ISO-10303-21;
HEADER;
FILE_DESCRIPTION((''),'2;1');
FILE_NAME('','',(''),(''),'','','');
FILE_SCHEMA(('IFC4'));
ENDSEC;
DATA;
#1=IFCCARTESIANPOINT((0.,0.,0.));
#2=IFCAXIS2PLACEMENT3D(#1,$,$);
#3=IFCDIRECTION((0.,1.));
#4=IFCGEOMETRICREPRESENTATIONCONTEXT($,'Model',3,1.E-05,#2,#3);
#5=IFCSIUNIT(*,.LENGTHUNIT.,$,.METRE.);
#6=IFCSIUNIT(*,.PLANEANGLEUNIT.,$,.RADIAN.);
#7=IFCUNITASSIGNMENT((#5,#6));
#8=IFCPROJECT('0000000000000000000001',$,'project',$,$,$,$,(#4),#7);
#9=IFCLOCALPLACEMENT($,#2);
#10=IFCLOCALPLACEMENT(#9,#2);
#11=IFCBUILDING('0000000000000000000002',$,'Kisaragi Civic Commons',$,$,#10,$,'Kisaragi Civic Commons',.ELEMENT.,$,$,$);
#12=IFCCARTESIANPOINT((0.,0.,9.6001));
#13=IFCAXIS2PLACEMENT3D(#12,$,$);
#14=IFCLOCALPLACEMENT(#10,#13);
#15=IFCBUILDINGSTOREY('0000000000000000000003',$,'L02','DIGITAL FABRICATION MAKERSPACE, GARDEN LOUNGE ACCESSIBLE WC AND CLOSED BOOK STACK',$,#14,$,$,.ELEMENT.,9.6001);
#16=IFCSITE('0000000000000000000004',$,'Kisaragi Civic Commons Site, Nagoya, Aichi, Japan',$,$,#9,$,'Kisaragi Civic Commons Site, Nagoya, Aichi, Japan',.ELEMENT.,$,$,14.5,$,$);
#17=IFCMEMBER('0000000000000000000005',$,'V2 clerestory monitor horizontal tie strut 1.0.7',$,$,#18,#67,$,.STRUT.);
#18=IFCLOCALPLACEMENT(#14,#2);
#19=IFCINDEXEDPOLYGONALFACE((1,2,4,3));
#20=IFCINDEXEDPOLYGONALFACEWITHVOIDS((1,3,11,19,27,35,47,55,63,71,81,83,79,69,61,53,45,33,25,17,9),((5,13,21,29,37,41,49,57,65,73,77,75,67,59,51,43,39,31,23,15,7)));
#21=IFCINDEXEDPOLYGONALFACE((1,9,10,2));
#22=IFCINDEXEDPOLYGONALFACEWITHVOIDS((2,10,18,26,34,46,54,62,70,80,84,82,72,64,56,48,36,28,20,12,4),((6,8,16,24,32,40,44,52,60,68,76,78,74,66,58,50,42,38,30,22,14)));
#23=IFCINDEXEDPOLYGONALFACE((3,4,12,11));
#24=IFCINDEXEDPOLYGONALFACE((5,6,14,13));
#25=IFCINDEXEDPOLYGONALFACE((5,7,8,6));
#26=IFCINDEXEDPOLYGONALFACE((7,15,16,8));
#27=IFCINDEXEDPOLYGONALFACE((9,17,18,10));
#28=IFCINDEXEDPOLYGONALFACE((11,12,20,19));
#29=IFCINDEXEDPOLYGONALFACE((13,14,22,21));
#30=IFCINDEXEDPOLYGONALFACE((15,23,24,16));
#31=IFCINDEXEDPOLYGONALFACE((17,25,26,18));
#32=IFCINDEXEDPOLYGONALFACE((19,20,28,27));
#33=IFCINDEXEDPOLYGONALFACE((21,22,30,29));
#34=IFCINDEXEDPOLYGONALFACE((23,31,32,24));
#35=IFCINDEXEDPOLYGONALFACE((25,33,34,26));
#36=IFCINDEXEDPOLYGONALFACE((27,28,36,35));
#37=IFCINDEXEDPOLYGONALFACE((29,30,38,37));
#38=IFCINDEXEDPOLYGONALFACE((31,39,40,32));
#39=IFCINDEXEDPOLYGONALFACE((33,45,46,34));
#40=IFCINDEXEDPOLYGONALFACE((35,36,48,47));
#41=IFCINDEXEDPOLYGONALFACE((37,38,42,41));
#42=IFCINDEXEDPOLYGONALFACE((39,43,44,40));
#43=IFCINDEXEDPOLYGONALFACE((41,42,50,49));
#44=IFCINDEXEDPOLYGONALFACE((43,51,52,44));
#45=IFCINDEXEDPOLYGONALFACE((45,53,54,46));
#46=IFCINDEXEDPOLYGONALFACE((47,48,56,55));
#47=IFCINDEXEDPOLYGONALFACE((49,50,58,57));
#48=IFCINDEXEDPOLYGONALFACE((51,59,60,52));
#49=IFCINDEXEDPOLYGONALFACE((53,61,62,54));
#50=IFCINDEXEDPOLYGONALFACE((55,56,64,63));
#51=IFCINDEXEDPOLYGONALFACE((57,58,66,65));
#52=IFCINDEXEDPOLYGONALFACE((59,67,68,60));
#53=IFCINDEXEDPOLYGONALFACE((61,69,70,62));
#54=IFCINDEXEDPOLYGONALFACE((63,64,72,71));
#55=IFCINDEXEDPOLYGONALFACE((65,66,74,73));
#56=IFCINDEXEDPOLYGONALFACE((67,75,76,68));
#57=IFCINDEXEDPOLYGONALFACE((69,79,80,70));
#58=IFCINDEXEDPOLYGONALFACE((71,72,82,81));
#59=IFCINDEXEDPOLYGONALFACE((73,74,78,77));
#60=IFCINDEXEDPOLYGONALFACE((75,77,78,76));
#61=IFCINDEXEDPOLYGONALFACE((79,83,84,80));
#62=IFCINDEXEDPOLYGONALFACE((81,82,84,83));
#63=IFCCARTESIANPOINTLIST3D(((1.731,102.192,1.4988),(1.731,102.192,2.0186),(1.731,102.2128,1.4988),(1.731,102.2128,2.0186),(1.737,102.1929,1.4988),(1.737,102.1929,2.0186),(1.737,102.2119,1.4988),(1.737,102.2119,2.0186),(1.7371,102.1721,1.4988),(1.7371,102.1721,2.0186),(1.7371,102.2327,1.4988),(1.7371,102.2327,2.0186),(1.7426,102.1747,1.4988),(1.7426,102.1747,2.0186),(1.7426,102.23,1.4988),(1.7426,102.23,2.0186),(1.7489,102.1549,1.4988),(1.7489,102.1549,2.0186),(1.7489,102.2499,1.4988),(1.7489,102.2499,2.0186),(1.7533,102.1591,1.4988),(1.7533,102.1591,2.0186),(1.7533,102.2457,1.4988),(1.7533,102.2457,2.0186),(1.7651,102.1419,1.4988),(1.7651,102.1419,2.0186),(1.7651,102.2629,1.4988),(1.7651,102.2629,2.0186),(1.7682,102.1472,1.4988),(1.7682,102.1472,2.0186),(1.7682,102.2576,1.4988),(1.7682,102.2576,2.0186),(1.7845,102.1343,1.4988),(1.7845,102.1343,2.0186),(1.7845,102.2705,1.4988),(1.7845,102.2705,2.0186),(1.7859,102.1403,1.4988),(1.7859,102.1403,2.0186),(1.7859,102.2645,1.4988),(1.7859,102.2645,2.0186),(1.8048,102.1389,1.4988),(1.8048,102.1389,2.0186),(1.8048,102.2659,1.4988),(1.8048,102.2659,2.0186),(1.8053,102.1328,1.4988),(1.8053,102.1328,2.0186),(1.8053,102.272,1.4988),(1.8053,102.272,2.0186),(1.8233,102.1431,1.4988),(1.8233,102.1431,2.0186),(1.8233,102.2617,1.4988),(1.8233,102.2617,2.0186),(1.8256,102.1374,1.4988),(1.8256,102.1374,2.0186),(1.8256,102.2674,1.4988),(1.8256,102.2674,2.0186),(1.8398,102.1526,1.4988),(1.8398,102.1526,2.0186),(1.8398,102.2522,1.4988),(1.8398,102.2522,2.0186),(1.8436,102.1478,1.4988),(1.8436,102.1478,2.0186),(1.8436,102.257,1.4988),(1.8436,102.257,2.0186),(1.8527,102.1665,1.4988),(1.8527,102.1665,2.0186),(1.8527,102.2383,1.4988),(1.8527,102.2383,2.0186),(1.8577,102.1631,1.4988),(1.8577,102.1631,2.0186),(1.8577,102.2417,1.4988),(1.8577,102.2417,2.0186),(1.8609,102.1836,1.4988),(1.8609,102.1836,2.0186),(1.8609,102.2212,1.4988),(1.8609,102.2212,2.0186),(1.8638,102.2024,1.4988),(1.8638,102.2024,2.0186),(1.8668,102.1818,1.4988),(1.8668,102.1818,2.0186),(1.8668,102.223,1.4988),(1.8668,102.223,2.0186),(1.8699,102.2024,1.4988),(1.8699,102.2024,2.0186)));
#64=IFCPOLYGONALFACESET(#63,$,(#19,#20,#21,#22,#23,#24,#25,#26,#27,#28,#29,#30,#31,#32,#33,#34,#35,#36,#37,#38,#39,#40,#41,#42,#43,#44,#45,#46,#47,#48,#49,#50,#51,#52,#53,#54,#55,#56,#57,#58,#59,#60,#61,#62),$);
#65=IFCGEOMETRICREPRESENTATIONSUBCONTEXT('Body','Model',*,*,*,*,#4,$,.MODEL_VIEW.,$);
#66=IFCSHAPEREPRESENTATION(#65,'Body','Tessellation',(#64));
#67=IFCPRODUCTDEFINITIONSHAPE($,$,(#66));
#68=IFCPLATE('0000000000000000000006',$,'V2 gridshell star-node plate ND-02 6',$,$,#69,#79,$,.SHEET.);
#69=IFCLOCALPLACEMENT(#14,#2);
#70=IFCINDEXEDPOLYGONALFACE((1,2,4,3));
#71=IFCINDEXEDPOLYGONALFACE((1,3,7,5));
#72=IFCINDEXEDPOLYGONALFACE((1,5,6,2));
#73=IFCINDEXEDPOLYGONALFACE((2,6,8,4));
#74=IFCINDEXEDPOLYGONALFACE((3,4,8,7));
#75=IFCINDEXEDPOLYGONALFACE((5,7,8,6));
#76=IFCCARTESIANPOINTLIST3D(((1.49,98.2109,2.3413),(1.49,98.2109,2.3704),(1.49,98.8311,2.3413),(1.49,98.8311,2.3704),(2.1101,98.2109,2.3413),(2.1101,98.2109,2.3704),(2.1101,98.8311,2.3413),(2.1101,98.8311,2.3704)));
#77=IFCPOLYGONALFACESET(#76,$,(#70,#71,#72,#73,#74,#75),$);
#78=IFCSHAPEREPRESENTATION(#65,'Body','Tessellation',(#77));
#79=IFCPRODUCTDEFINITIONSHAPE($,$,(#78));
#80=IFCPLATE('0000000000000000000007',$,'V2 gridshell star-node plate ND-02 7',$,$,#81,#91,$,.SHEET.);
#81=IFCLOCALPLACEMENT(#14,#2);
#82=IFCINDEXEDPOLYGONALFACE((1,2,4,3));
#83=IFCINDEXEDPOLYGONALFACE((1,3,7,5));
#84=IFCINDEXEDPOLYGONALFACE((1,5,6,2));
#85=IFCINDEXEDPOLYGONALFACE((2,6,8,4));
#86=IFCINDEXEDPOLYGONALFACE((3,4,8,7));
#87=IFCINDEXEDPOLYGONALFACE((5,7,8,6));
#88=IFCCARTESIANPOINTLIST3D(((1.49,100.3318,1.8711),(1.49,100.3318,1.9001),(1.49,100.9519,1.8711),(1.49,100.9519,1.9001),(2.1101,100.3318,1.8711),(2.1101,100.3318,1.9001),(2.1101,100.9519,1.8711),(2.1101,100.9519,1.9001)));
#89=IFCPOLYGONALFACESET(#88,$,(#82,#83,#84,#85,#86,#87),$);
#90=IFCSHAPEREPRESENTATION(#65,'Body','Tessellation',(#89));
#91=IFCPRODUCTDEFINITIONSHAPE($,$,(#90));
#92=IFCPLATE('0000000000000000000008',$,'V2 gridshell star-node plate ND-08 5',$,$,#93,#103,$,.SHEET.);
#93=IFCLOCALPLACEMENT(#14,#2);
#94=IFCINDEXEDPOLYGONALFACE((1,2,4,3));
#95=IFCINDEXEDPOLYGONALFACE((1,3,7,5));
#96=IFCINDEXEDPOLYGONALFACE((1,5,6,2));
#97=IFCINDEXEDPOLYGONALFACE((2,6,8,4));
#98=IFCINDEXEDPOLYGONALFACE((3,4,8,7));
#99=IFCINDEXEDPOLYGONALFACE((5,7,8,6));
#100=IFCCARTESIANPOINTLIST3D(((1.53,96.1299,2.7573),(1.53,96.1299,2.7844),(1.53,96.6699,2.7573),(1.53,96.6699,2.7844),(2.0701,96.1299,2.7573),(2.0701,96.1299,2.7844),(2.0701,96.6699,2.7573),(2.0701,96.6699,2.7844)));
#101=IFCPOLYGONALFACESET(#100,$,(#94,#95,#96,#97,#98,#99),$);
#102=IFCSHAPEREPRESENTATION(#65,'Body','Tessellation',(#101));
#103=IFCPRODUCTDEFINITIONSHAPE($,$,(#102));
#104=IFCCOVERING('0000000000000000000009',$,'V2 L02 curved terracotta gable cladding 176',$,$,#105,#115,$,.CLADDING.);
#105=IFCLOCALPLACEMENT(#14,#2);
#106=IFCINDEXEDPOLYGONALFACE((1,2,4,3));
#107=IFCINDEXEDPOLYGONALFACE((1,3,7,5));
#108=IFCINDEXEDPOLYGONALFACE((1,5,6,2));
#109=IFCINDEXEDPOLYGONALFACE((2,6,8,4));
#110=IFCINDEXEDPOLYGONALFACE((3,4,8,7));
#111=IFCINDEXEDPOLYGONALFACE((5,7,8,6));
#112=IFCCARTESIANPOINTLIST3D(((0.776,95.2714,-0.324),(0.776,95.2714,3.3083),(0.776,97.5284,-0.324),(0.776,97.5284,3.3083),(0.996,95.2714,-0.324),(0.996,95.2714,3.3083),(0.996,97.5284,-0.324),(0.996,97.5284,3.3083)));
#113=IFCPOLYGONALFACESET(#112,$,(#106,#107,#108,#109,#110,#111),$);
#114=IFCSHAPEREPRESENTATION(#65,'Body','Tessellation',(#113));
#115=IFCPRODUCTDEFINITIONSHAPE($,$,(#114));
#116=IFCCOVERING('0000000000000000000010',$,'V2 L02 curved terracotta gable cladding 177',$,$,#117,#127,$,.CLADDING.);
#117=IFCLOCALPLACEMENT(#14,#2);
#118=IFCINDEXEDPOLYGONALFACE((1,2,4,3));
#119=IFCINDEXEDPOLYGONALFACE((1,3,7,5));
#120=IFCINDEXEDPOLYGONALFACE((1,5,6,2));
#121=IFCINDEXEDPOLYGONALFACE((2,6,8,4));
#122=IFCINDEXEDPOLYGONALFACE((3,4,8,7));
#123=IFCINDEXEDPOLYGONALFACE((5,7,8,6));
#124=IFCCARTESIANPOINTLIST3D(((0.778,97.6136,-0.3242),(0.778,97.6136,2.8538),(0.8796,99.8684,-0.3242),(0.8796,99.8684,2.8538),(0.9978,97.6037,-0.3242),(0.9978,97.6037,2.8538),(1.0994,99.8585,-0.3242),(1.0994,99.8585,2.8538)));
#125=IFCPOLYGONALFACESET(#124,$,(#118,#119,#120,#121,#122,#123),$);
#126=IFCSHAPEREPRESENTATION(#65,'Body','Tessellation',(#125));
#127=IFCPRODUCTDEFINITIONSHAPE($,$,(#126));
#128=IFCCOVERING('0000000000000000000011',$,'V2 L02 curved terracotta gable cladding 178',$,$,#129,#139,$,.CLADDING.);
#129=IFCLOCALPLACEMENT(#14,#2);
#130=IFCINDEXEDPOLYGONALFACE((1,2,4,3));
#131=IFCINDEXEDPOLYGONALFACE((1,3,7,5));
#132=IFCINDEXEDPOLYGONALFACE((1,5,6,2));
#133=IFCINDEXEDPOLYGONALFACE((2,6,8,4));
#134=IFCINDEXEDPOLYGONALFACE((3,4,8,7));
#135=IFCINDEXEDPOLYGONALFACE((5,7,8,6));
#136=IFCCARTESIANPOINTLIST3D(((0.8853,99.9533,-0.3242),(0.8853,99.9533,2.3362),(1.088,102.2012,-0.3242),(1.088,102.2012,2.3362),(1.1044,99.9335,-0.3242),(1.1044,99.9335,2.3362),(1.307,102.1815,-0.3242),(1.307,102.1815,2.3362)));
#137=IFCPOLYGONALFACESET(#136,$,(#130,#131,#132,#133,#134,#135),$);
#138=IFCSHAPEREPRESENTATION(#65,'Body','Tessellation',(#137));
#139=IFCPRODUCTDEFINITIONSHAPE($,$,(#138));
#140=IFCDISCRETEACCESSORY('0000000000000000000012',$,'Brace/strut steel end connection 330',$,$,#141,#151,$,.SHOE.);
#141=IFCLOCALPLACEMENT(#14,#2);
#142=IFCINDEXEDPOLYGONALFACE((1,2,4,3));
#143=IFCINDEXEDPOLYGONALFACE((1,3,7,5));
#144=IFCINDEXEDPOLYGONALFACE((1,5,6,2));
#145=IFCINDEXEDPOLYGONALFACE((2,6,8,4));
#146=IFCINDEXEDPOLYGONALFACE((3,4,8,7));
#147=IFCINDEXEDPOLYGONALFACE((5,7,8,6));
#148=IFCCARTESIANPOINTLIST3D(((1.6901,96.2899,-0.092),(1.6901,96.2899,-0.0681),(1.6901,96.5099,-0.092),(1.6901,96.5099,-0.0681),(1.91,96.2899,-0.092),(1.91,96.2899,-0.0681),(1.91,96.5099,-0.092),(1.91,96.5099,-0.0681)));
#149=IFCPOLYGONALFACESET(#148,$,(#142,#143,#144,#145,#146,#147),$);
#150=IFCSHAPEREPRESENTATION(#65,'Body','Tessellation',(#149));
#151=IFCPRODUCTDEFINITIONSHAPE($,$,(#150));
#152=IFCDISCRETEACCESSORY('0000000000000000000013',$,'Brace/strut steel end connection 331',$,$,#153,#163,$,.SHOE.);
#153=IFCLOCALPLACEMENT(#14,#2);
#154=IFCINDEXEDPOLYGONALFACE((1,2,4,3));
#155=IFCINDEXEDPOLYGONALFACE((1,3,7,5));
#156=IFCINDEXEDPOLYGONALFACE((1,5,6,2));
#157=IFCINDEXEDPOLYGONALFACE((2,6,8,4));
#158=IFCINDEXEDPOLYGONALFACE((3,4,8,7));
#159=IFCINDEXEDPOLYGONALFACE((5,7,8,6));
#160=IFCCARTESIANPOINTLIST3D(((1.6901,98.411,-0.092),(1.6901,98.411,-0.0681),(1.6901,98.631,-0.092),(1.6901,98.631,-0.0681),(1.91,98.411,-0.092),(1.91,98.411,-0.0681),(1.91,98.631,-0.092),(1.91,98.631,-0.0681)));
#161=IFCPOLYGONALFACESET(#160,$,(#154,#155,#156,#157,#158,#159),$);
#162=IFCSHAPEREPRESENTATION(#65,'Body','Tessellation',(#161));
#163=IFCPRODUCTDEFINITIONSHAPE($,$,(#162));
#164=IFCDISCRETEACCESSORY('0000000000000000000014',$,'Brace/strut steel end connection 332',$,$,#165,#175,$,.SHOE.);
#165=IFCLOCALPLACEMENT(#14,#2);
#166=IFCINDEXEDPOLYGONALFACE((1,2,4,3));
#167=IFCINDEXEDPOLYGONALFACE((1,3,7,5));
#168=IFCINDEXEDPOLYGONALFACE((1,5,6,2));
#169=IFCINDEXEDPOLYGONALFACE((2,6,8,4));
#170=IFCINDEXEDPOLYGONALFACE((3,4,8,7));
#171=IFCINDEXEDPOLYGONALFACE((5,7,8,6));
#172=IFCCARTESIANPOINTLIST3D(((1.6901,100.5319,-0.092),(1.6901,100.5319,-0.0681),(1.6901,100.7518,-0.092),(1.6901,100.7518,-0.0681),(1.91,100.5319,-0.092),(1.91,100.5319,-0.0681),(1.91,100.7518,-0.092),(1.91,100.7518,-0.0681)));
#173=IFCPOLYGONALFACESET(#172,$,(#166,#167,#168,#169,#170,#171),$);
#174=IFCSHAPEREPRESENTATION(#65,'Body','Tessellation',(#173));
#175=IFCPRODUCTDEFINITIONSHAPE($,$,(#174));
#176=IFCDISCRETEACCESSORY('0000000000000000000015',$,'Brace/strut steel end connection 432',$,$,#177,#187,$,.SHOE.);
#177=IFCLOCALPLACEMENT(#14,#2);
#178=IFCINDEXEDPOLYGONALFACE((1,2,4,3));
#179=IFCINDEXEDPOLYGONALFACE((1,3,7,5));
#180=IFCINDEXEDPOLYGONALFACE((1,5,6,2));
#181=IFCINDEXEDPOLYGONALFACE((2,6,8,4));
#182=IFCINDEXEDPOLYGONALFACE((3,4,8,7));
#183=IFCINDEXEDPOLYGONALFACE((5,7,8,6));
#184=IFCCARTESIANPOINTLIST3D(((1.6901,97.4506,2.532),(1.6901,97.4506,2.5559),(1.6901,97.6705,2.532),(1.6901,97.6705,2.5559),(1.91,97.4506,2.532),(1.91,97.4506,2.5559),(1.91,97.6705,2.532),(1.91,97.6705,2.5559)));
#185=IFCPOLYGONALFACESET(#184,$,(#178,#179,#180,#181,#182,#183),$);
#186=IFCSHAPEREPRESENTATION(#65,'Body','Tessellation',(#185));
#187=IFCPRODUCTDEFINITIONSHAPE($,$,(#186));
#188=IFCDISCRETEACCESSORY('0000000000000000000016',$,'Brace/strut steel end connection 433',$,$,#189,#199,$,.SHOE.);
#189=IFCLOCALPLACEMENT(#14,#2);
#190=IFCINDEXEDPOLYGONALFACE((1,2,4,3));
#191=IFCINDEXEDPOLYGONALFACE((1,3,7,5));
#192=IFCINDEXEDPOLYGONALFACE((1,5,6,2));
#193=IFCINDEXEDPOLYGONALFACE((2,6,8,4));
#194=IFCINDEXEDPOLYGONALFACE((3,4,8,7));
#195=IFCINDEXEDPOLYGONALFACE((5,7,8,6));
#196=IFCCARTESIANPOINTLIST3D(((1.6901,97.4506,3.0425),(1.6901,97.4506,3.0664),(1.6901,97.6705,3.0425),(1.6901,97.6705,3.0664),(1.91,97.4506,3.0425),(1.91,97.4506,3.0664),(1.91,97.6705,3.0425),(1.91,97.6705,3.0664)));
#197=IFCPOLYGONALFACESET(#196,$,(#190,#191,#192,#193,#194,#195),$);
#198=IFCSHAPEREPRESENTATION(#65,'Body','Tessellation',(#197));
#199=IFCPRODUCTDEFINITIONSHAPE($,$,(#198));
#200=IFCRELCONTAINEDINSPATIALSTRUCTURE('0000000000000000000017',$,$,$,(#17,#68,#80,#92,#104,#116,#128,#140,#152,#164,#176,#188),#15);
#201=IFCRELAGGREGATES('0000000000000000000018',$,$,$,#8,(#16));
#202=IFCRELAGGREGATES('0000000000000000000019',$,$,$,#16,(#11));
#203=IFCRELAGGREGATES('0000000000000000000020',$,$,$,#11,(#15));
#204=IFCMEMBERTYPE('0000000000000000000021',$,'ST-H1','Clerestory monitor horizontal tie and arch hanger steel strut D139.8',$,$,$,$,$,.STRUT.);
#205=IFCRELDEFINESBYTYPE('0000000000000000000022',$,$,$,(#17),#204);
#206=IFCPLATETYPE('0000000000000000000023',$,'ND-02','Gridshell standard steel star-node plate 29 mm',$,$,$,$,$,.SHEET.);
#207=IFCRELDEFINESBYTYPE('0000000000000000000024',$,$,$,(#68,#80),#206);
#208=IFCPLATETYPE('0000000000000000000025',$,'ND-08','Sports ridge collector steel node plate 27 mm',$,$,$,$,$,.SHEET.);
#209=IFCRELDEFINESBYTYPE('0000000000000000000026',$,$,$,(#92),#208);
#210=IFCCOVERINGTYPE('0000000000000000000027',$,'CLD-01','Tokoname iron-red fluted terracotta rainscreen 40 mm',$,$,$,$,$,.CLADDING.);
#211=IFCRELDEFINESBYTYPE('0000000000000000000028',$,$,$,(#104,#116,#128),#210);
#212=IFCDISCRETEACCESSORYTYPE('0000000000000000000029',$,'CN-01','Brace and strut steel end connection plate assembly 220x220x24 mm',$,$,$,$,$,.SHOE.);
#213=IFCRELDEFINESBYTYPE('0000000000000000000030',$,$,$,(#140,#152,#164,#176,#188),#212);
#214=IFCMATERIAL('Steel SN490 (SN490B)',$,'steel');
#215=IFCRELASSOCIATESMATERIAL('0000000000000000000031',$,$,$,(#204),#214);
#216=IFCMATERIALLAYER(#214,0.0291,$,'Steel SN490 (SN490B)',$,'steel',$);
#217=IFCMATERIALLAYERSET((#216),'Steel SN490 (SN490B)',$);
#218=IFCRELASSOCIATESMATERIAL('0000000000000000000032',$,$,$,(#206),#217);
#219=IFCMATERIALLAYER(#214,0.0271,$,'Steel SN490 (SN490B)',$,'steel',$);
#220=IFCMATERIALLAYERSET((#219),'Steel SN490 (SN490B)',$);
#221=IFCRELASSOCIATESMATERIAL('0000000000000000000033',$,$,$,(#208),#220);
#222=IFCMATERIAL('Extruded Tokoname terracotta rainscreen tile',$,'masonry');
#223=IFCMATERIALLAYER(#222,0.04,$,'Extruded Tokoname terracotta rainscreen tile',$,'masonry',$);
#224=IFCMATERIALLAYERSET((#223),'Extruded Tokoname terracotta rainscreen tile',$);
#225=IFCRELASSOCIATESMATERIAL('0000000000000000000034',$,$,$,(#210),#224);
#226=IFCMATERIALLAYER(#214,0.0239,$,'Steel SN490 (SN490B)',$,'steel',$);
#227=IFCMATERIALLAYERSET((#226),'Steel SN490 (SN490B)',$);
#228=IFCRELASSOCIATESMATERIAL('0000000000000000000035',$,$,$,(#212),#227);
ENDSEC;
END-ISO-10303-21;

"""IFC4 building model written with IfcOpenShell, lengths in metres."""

from ifc_helpers import new_model, si_unit, direction, frame, origin, origin_2d, place, context, subcontext, project, spatial, rectangle, hollow_circle, extrude, material, layer, layer_set, material_profile, profile_set, type_object, element, save


model = new_model("IFC4")

# Units and contexts
model_context = context("Model", 3, precision=1e-05, world=origin(), true_north=direction((0.0, 1.0)))
body_context = subcontext(model_context, "Body", "Model", "MODEL_VIEW")
ifc_project = project(units=[si_unit("LENGTHUNIT", "METRE"), si_unit("PLANEANGLEUNIT", "RADIAN")], contexts=[model_context])

# Site, building, storey
site_placement = place(None, origin())
site = spatial("IfcSite", under=ifc_project, at=site_placement, Name="Kisaragi Civic Commons Site, Nagoya, Aichi, Japan", LongName="Kisaragi Civic Commons Site, Nagoya, Aichi, Japan", CompositionType="ELEMENT", RefElevation=14.5)
building_placement = place(site_placement, origin())
building = spatial("IfcBuilding", under=site, at=building_placement, Name="Kisaragi Civic Commons", LongName="Kisaragi Civic Commons", CompositionType="ELEMENT")
storey_placement = place(building_placement, frame((0.0, 0.0, 9.6001)))
storey = spatial("IfcBuildingStorey", under=building, at=storey_placement, Name="L02", Description="DIGITAL FABRICATION MAKERSPACE, GARDEN LOUNGE ACCESSIBLE WC AND CLOSED BOOK STACK", CompositionType="ELEMENT", Elevation=9.6001)

# Member
ifc_material_1 = material(Name="Steel SN490 (SN490B)", Category="steel")
ifc_material_profile_1 = material_profile(ifc_material_1, hollow_circle(Radius=0.0698, WallThickness=0.0061, at=origin_2d()), Name="CHS-139.8x6.0", Category="steel")
ifc_profile_set_1 = profile_set([ifc_material_profile_1], Name="Steel SN490 (SN490B)")
member_type_1 = type_object("IfcMemberType", Name="ST-H1", Description="Clerestory monitor horizontal tie and arch hanger steel strut D139.8", PredefinedType="STRUT", material=ifc_profile_set_1)
member_1_placement = place(storey_placement, frame((1.8, 102.2024, 1.4988), z_axis=(0.0, 0.0, 1.0), x_axis=(1.0, 0.0, 0.0)))
element("IfcMember", 1, at=member_1_placement, inside=storey, type_object=member_type_1, Name="V2 clerestory monitor horizontal tie strut 1.0.7", PredefinedType="STRUT", context=body_context, shape_type="SweptSolid", body=[
    extrude(hollow_circle(Radius=0.0698, WallThickness=0.0061, at=origin_2d()), origin(), (0.0, 0.0, 1.0), 0.5198),
])

# Plates
ifc_layer_1 = layer(ifc_material_1, 0.0291, Name="Steel SN490 (SN490B)", Category="steel")
ifc_layer_set_1 = layer_set([ifc_layer_1], Name="Steel SN490 (SN490B)")
plate_type_1 = type_object("IfcPlateType", Name="ND-02", Description="Gridshell standard steel star-node plate 29 mm", PredefinedType="SHEET", material=ifc_layer_set_1)
for number, where, z_axis, x_axis, name in (
    (2, (1.8, 98.521, 2.3413), (0.0, 0.0, 1.0), (1.0, 0.0, 0.0), "V2 gridshell star-node plate ND-02 6"),
    (3, (1.8, 100.6418, 1.8711), (0.0, 0.0, 1.0), (1.0, 0.0, 0.0), "V2 gridshell star-node plate ND-02 7"),
):
    element("IfcPlate", number, at=place(storey_placement, frame(where, z_axis=z_axis, x_axis=x_axis)), inside=storey, type_object=plate_type_1, Name=name, PredefinedType="SHEET", context=body_context, shape_type="SweptSolid", body=[
        extrude(rectangle(XDim=0.6201, YDim=0.6201, at=origin_2d()), origin(), (0.0, 0.0, 1.0), 0.0291),
    ])
ifc_layer_2 = layer(ifc_material_1, 0.0271, Name="Steel SN490 (SN490B)", Category="steel")
ifc_layer_set_2 = layer_set([ifc_layer_2], Name="Steel SN490 (SN490B)")
plate_type_2 = type_object("IfcPlateType", Name="ND-08", Description="Sports ridge collector steel node plate 27 mm", PredefinedType="SHEET", material=ifc_layer_set_2)
plate_placement = place(storey_placement, frame((1.8, 96.3999, 2.7573), z_axis=(0.0, 0.0, 1.0), x_axis=(1.0, 0.0, 0.0)))
element("IfcPlate", 4, at=plate_placement, inside=storey, type_object=plate_type_2, Name="V2 gridshell star-node plate ND-08 5", PredefinedType="SHEET", context=body_context, shape_type="SweptSolid", body=[
    extrude(rectangle(XDim=0.54, YDim=0.54, at=origin_2d()), origin(), (0.0, 0.0, 1.0), 0.0271),
])

# Coverings
ifc_material_2 = material(Name="Extruded Tokoname terracotta rainscreen tile", Category="masonry")
ifc_layer_3 = layer(ifc_material_2, 0.04, Name="Extruded Tokoname terracotta rainscreen tile", Category="masonry")
ifc_layer_set_3 = layer_set([ifc_layer_3], Name="Extruded Tokoname terracotta rainscreen tile")
covering_type = type_object("IfcCoveringType", Name="CLD-01", Description="Tokoname iron-red fluted terracotta rainscreen 40 mm", PredefinedType="CLADDING", material=ifc_layer_set_3)
covering_1_placement = place(storey_placement, frame((0.886, 96.3999, -0.324), z_axis=(0.0, 0.0, 1.0), x_axis=(0.0, 1.0, 0.0)))
element("IfcCovering", 5, at=covering_1_placement, inside=storey, type_object=covering_type, Name="V2 L02 curved terracotta gable cladding 176", PredefinedType="CLADDING", context=body_context, shape_type="SweptSolid", body=[
    extrude(rectangle(XDim=2.2571, YDim=0.22, at=origin_2d()), origin(), (0.0, 0.0, 1.0), 3.6323),
])
covering_2_placement = place(storey_placement, frame((0.9387, 98.7361, -0.3242), z_axis=(0.0, 0.0, 1.0), x_axis=(0.045014, 0.998986, 0.0)))
element("IfcCovering", 6, at=covering_2_placement, inside=storey, type_object=covering_type, Name="V2 L02 curved terracotta gable cladding 177", PredefinedType="CLADDING", context=body_context, shape_type="SweptSolid", body=[
    extrude(rectangle(XDim=2.2571, YDim=0.22, at=origin_2d()), origin(), (0.0, 0.0, 1.0), 3.178),
])
covering_3_placement = place(storey_placement, frame((1.0962, 101.0674, -0.3242), z_axis=(0.0, 0.0, 1.0), x_axis=(0.089763, 0.995963, 0.0)))
element("IfcCovering", 7, at=covering_3_placement, inside=storey, type_object=covering_type, Name="V2 L02 curved terracotta gable cladding 178", PredefinedType="CLADDING", context=body_context, shape_type="SweptSolid", body=[
    extrude(rectangle(XDim=2.2571, YDim=0.22, at=origin_2d()), origin(), (0.0, 0.0, 1.0), 2.6604),
])

# Discrete accessories
ifc_layer_4 = layer(ifc_material_1, 0.0239, Name="Steel SN490 (SN490B)", Category="steel")
ifc_layer_set_4 = layer_set([ifc_layer_4], Name="Steel SN490 (SN490B)")
discrete_accessory_type = type_object("IfcDiscreteAccessoryType", Name="CN-01", Description="Brace and strut steel end connection plate assembly 220x220x24 mm", PredefinedType="SHOE", material=ifc_layer_set_4)
for number, where, z_axis, x_axis, name in (
    (8, (1.8, 96.3999, -0.092), (0.0, 0.0, 1.0), (1.0, 0.0, 0.0), "Brace/strut steel end connection 330"),
    (9, (1.8, 98.521, -0.092), (0.0, 0.0, 1.0), (1.0, 0.0, 0.0), "Brace/strut steel end connection 331"),
    (10, (1.8, 100.6418, -0.092), (0.0, 0.0, 1.0), (1.0, 0.0, 0.0), "Brace/strut steel end connection 332"),
    (11, (1.8, 97.5605, 2.532), (0.0, 0.0, 1.0), (1.0, 0.0, 0.0), "Brace/strut steel end connection 432"),
    (12, (1.8, 97.5605, 3.0425), (0.0, 0.0, 1.0), (1.0, 0.0, 0.0), "Brace/strut steel end connection 433"),
):
    element("IfcDiscreteAccessory", number, at=place(storey_placement, frame(where, z_axis=z_axis, x_axis=x_axis)), inside=storey, type_object=discrete_accessory_type, Name=name, PredefinedType="SHOE", context=body_context, shape_type="SweptSolid", body=[
        extrude(rectangle(XDim=0.22, YDim=0.22, at=origin_2d()), origin(), (0.0, 0.0, 1.0), 0.0239),
    ])

save(model, "model.ifc")
